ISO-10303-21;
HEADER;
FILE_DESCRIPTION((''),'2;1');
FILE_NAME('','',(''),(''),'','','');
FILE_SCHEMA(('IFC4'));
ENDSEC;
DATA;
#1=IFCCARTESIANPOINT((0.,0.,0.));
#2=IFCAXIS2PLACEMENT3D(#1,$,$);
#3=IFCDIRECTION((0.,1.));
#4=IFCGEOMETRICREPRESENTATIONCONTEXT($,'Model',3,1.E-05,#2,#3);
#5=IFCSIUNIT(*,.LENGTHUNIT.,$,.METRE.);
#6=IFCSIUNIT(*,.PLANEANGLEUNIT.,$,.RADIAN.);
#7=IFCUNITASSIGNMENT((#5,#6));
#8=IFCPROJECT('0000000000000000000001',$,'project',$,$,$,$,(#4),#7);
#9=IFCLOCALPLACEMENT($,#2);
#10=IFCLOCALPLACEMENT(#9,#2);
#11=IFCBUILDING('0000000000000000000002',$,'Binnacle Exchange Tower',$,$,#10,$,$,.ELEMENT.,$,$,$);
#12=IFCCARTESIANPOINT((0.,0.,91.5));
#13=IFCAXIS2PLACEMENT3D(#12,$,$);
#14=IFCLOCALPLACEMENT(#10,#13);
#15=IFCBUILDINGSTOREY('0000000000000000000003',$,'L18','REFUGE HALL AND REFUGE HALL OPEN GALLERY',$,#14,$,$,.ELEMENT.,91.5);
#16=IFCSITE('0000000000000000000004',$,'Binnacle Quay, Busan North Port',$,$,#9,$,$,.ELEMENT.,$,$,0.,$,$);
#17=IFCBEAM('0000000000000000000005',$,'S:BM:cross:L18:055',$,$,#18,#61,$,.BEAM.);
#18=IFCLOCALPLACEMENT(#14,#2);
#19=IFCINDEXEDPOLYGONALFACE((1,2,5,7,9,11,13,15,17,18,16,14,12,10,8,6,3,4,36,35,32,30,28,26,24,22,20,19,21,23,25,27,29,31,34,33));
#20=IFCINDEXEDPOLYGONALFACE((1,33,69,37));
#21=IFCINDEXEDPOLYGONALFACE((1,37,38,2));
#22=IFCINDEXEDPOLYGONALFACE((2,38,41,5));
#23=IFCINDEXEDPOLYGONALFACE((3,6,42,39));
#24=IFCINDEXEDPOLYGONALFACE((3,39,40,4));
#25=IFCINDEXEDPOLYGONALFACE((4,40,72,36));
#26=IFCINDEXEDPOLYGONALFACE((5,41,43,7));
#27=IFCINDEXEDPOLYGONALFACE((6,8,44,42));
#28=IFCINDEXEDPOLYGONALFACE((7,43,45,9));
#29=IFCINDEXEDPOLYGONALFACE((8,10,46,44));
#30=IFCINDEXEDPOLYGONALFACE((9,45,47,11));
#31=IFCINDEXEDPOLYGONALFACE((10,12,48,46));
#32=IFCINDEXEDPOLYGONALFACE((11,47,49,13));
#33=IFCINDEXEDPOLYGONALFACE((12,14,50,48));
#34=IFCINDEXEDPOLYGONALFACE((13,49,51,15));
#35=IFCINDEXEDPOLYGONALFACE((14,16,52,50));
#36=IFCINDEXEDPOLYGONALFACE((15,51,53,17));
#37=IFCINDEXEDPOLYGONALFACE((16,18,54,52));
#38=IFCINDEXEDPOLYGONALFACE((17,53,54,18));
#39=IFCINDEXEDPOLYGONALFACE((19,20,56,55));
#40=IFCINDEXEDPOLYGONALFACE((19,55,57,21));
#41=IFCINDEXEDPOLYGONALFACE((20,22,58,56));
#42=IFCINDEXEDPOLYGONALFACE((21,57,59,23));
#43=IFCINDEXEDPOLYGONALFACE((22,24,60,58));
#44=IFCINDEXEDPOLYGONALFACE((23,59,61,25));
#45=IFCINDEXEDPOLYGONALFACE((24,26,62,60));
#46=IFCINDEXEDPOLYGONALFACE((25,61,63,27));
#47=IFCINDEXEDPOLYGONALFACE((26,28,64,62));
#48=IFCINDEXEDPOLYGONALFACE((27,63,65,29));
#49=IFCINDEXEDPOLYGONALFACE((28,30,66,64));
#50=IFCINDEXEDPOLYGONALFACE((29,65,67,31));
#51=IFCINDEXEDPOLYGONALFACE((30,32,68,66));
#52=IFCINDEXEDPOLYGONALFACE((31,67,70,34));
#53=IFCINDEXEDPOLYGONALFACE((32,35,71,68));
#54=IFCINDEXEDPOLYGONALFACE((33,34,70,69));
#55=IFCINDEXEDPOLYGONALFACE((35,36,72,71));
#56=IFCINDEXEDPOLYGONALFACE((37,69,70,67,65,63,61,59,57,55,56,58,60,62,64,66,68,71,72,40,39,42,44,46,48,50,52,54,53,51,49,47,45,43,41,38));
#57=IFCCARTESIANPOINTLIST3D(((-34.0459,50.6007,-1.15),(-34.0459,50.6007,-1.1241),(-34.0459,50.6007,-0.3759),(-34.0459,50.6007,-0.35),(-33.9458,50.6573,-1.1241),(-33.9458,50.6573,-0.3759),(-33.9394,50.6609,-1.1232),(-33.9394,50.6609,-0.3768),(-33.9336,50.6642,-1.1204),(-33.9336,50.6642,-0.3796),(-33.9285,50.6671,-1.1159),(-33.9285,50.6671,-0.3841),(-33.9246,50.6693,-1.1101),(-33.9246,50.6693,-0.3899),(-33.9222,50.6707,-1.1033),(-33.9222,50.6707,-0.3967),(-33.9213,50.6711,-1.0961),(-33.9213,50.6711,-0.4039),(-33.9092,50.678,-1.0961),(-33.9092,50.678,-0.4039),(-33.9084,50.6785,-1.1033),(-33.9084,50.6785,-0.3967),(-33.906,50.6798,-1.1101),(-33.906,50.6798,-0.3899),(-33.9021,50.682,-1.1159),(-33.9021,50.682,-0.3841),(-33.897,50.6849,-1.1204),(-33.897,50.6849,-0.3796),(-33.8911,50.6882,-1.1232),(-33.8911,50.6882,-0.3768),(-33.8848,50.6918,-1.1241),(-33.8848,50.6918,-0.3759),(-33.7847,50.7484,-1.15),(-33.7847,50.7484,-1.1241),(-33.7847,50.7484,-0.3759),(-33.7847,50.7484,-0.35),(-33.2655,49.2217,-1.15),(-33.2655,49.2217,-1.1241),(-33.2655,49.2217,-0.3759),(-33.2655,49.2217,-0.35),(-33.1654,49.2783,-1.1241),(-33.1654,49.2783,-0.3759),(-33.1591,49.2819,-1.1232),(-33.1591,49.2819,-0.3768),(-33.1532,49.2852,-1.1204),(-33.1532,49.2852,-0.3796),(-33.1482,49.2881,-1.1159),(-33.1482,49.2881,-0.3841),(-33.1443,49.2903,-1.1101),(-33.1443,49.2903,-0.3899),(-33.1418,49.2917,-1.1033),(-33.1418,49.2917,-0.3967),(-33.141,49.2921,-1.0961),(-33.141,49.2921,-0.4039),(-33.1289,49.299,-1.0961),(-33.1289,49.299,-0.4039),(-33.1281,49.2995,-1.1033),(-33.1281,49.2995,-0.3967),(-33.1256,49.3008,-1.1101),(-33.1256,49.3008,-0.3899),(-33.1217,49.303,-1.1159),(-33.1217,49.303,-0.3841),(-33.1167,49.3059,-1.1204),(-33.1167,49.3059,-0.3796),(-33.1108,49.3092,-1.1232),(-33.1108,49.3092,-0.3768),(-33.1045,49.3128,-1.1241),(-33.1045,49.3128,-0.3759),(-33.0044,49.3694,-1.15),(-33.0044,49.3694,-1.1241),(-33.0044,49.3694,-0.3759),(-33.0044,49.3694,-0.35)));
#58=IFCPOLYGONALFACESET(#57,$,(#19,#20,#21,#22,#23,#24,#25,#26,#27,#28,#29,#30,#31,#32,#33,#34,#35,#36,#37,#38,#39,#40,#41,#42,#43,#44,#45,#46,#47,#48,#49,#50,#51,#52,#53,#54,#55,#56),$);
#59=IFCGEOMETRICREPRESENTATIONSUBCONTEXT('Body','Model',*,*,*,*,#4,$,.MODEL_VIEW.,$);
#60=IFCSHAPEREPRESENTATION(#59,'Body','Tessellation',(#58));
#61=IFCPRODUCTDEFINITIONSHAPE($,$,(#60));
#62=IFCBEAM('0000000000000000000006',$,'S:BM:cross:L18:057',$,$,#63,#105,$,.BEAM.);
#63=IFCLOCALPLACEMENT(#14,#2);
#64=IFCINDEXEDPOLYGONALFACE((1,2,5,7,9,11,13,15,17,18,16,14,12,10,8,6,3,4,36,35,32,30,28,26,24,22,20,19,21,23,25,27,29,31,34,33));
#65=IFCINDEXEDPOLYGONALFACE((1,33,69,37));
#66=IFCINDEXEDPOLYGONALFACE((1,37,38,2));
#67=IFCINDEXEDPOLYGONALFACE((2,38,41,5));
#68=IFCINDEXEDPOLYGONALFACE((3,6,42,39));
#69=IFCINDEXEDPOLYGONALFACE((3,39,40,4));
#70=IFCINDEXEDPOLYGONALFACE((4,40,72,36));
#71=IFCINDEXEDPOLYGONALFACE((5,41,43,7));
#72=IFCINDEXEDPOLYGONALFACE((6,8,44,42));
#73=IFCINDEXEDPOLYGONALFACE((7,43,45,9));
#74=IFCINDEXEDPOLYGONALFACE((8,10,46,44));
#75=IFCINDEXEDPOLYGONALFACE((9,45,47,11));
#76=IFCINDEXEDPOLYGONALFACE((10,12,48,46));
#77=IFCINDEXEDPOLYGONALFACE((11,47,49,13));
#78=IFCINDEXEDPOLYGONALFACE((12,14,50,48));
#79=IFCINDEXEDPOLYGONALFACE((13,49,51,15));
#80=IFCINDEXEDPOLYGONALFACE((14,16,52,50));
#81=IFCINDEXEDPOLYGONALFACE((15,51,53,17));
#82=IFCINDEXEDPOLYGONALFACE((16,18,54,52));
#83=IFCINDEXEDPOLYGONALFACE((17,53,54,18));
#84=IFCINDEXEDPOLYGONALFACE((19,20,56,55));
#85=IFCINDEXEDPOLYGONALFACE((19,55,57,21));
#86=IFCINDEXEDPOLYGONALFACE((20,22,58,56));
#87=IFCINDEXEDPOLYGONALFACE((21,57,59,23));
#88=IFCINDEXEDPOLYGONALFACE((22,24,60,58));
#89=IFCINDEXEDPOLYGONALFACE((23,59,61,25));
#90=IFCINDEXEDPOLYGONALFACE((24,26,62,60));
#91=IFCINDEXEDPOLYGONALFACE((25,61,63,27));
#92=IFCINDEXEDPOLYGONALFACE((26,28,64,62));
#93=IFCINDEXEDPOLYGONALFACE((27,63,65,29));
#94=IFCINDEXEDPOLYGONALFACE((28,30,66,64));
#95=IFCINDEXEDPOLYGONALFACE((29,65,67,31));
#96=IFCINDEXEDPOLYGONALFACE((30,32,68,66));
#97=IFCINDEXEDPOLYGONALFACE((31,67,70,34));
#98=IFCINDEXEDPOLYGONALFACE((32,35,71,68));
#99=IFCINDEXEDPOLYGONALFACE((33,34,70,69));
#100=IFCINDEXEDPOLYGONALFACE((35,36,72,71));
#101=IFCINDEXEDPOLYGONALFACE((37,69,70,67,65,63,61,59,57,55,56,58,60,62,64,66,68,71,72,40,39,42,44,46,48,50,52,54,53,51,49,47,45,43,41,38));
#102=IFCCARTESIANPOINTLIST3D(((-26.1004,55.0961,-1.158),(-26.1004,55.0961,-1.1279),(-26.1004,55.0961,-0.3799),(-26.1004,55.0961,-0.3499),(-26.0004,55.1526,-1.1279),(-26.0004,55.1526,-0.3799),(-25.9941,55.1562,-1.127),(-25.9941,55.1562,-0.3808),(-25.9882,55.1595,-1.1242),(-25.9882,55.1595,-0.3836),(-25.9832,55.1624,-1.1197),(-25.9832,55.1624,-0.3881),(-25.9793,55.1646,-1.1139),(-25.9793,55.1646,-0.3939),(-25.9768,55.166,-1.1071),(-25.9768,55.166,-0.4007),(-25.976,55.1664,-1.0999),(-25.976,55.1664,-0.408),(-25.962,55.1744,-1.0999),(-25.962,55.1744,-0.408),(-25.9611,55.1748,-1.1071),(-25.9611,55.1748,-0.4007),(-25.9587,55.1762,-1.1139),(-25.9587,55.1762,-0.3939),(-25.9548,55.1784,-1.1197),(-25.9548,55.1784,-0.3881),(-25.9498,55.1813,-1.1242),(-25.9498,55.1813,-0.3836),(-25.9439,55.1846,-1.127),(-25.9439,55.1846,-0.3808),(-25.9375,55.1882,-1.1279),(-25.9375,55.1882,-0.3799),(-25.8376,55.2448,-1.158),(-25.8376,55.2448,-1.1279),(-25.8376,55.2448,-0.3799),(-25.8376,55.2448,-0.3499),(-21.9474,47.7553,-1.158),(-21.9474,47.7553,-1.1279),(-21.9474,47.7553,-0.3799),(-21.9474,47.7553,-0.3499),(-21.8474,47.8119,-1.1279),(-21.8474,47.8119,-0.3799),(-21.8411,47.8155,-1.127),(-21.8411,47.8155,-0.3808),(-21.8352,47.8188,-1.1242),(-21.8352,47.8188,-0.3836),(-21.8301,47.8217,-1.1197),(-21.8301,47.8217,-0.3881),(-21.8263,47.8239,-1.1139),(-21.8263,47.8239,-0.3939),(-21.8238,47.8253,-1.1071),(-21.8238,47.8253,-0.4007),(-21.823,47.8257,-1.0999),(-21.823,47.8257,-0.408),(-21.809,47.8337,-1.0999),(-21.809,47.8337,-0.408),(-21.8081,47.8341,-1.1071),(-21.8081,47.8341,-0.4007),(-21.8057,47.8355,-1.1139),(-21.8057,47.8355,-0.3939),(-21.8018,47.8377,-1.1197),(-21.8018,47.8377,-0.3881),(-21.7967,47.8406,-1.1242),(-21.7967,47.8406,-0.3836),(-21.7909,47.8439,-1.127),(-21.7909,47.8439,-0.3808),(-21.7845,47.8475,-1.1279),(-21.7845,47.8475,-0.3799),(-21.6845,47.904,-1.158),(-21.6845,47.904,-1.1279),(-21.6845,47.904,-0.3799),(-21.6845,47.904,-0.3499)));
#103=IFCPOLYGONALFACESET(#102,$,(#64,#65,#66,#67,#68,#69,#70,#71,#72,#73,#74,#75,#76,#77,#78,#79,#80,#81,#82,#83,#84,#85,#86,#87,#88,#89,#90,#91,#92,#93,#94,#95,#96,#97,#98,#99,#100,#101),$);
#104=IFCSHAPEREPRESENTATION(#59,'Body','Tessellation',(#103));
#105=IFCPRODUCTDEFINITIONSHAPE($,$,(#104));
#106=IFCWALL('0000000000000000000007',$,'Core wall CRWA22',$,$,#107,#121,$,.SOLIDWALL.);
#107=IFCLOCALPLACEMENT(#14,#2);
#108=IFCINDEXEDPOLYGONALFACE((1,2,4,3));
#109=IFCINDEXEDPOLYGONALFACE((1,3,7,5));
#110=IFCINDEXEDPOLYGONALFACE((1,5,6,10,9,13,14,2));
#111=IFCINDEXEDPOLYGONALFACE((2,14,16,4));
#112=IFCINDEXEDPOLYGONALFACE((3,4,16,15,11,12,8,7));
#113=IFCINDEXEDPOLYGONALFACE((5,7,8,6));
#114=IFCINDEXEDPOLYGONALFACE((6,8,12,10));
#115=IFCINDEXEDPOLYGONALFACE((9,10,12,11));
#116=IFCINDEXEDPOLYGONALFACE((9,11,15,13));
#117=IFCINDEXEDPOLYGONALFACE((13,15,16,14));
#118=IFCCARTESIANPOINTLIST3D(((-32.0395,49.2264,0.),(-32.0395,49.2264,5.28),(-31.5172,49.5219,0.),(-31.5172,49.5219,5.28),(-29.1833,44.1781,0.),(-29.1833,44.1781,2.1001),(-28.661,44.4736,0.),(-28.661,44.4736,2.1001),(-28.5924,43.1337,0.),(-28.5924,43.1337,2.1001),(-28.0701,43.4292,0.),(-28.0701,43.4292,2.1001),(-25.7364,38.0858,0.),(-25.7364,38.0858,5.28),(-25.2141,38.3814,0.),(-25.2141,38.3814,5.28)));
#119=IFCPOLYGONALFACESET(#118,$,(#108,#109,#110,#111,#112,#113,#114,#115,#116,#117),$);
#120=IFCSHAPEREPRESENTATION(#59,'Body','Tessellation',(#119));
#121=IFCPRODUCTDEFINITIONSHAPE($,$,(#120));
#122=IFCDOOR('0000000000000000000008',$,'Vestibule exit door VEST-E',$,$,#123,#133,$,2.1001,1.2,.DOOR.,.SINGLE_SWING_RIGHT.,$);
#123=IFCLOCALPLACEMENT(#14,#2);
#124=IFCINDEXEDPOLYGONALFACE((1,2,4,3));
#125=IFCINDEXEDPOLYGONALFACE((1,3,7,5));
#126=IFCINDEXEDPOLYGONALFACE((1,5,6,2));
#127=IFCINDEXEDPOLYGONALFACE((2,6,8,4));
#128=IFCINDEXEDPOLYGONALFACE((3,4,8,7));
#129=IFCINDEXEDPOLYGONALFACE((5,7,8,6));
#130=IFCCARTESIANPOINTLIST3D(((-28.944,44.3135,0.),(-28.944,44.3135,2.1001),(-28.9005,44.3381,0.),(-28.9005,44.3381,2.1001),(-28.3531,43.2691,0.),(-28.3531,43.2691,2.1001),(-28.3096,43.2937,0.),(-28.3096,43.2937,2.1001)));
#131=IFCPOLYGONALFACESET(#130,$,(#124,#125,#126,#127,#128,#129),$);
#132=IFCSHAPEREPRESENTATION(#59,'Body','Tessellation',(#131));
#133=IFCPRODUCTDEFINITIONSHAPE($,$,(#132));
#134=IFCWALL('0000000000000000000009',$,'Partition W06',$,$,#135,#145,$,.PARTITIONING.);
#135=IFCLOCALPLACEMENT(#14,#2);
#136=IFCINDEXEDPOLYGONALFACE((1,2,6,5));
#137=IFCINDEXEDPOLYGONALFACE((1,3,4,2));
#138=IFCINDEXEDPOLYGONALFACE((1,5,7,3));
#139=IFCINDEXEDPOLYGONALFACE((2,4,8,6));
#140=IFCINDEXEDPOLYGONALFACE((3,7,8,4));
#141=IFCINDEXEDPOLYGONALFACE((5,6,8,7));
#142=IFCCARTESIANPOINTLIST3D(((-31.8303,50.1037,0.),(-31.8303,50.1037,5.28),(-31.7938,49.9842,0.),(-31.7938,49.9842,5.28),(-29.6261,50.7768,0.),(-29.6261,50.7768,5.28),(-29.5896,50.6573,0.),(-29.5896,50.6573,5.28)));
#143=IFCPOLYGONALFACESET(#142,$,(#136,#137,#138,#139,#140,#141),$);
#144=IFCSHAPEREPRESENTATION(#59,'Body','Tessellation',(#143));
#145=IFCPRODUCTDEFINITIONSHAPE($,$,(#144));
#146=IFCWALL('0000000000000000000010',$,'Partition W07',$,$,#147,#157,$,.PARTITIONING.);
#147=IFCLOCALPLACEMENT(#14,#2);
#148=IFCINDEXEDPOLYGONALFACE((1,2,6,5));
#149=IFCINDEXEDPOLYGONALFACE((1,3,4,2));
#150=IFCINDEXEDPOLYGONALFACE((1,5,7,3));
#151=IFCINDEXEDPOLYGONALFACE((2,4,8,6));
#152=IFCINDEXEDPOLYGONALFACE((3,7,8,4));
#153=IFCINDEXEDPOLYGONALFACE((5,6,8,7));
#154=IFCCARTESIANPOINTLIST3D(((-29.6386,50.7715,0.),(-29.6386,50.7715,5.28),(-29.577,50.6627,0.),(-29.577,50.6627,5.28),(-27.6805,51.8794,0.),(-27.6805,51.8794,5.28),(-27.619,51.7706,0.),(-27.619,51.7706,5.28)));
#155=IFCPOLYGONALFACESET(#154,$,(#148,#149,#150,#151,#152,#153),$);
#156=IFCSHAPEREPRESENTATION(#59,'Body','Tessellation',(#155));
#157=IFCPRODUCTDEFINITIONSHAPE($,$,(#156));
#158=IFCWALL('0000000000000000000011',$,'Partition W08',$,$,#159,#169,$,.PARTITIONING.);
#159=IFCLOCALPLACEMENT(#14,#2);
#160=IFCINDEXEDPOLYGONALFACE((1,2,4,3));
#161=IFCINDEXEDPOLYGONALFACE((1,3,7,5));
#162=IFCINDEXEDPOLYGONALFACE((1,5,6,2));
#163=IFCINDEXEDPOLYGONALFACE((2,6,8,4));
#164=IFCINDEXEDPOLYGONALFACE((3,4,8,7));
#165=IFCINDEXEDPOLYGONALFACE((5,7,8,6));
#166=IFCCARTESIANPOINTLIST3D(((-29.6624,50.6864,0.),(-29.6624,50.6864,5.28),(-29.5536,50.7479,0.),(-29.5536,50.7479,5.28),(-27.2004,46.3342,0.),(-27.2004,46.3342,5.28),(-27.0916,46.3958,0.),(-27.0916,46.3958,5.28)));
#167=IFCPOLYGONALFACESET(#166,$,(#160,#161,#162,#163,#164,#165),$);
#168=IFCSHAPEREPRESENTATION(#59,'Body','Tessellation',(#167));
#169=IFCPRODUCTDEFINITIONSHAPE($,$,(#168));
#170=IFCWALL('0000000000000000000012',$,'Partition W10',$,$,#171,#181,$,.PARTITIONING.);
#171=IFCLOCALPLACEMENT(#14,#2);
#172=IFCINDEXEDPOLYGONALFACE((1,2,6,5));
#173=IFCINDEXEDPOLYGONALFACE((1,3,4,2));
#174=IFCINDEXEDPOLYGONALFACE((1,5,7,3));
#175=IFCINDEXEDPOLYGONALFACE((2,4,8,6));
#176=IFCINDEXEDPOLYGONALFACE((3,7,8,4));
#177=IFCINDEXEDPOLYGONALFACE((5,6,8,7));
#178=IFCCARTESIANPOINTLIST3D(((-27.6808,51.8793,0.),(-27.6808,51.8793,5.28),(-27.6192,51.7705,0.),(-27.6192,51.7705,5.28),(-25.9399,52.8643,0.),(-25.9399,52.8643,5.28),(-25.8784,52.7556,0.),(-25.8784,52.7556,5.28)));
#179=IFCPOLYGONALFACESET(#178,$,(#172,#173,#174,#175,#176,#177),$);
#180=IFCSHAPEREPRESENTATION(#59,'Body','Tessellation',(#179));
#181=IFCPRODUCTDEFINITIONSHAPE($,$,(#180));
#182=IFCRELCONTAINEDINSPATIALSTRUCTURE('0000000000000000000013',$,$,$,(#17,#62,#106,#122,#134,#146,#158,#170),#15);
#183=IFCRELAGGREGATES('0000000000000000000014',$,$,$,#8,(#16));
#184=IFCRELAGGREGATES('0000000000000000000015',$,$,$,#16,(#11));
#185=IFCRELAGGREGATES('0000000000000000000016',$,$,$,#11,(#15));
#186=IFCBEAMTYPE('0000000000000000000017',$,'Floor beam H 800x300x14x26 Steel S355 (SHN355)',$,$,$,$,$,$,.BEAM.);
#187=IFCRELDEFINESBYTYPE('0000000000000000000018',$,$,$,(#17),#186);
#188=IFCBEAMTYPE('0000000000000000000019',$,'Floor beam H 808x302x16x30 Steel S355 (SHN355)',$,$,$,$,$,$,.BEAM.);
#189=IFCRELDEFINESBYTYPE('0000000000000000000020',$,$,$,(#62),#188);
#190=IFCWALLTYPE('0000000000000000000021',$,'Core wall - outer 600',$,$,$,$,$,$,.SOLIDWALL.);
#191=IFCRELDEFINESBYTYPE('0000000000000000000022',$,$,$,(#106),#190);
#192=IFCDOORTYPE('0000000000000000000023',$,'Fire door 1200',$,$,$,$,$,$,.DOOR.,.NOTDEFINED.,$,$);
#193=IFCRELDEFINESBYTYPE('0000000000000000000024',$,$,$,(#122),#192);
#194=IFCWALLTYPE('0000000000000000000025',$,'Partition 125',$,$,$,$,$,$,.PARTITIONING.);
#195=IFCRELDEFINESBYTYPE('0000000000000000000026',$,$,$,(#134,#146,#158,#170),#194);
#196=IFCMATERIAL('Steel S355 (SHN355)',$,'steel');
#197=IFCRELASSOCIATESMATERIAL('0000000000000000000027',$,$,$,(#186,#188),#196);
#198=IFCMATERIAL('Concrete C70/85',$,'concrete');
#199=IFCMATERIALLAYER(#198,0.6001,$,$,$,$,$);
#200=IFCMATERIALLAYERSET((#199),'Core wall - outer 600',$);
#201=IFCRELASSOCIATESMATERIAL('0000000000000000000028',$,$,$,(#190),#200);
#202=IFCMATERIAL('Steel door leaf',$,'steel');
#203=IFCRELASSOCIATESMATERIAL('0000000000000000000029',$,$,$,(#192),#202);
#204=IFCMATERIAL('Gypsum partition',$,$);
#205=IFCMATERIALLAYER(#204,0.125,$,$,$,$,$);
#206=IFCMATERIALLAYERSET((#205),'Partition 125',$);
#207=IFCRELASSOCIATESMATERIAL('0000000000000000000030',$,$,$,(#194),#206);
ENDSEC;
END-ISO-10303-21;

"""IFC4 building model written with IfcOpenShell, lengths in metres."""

from ifc_helpers import new_model, si_unit, direction, frame, frame_2d, origin, origin_2d, place, context, subcontext, project, spatial, rectangle, i_section, extrude, material, layer, layer_set, material_profile, profile_set, type_object, element, fill, save


model = new_model("IFC4")

# Units and contexts
model_context = context("Model", 3, precision=1e-05, world=origin(), true_north=direction((0.0, 1.0)))
body_context = subcontext(model_context, "Body", "Model", "MODEL_VIEW")
ifc_project = project(units=[si_unit("LENGTHUNIT", "METRE"), si_unit("PLANEANGLEUNIT", "RADIAN")], contexts=[model_context])

# Site, building, storey
site_placement = place(None, origin())
site = spatial("IfcSite", under=ifc_project, at=site_placement, Name="Binnacle Quay, Busan North Port", CompositionType="ELEMENT", RefElevation=0.0)
building_placement = place(site_placement, origin())
building = spatial("IfcBuilding", under=site, at=building_placement, Name="Binnacle Exchange Tower", CompositionType="ELEMENT")
storey_placement = place(building_placement, frame((0.0, 0.0, 91.5)))
storey = spatial("IfcBuildingStorey", under=building, at=storey_placement, Name="L18", Description="REFUGE HALL AND REFUGE HALL OPEN GALLERY", CompositionType="ELEMENT", Elevation=91.5)

# Shared definitions
ifc_material_1 = material(Name="Concrete C70/85", Category="concrete")

# Beams
ifc_material_2 = material(Name="Steel S355 (SHN355)", Category="steel")
ifc_material_profile_1 = material_profile(ifc_material_2, i_section(OverallWidth=0.3, OverallDepth=0.8, WebThickness=0.0139, FlangeThickness=0.0259, FilletRadius=0.0281, at=origin_2d()), Name="H 800x300x14x26")
ifc_profile_set_1 = profile_set([ifc_material_profile_1], Name="Steel S355 (SHN355)")
beam_type_1 = type_object("IfcBeamType", Name="Floor beam H 800x300x14x26 Steel S355 (SHN355)", PredefinedType="BEAM", material=ifc_profile_set_1)
beam_1_placement = place(storey_placement, frame((-33.9153, 50.6746, -0.75), z_axis=(0.492484, -0.870322, 0.0), x_axis=(0.870322, 0.492484, 0.0)))
element("IfcBeam", 1, at=beam_1_placement, inside=storey, type_object=beam_type_1, Name="S:BM:cross:L18:055", PredefinedType="BEAM", context=body_context, shape_type="SweptSolid", body=[
    extrude(i_section(OverallWidth=0.3, OverallDepth=0.8, WebThickness=0.0139, FlangeThickness=0.0259, FilletRadius=0.0281, at=origin_2d()), origin(), (0.0, 0.0, 1.0), 1.5845),
])
ifc_material_profile_2 = material_profile(ifc_material_2, i_section(OverallWidth=0.302, OverallDepth=0.8081, WebThickness=0.0161, FlangeThickness=0.03, FilletRadius=0.0281, at=origin_2d()), Name="H 808x302x16x30")
ifc_profile_set_2 = profile_set([ifc_material_profile_2], Name="Steel S355 (SHN355)")
beam_type_2 = type_object("IfcBeamType", Name="Floor beam H 808x302x16x30 Steel S355 (SHN355)", PredefinedType="BEAM", material=ifc_profile_set_2)
beam_2_placement = place(storey_placement, frame((-25.969, 55.1704, -0.7539), z_axis=(0.492409, -0.870364, 0.0), x_axis=(0.870364, 0.492409, 0.0)))
element("IfcBeam", 2, at=beam_2_placement, inside=storey, type_object=beam_type_2, Name="S:BM:cross:L18:057", PredefinedType="BEAM", context=body_context, shape_type="SweptSolid", body=[
    extrude(i_section(OverallWidth=0.302, OverallDepth=0.8081, WebThickness=0.0161, FlangeThickness=0.03, FilletRadius=0.0281, at=origin_2d()), origin(), (0.0, 0.0, 1.0), 8.4341),
])

# Wall, opening, door
ifc_layer_1 = layer(ifc_material_1, 0.6001)
ifc_layer_set_1 = layer_set([ifc_layer_1], Name="Core wall - outer 600")
wall_type_1 = type_object("IfcWallType", Name="Core wall - outer 600", PredefinedType="SOLIDWALL", material=ifc_layer_set_1)
wall_1_placement = place(storey_placement, frame((-31.7783, 49.374, 0.0), z_axis=(0.0, 0.0, 1.0), x_axis=(0.492433, -0.87035, 0.0)))
wall_1 = element("IfcWall", 3, at=wall_1_placement, inside=storey, type_object=wall_type_1, Name="Core wall CRWA22", PredefinedType="SOLIDWALL", context=body_context, shape_type="SweptSolid", body=[
    extrude(rectangle(XDim=12.8, YDim=0.6001, at=frame_2d((6.3999, 0.0))), origin(), (0.0, 0.0, 1.0), 5.28),
])
opening_1_placement = place(wall_1_placement, frame((5.8, 0.0, 0.0)))
opening_1 = element("IfcOpeningElement", 4, at=opening_1_placement, cuts=wall_1, PredefinedType="OPENING", context=body_context, shape_type="SweptSolid", body=[
    extrude(rectangle(XDim=1.2, YDim=2.1001, at=frame_2d((0.6001, 1.05))), frame((0.0, 0.3101, 0.0), z_axis=(0.0, -1.0, 0.0), x_axis=(1.0, 0.0, 0.0)), (0.0, 0.0, 1.0), 0.6201),
])
ifc_material_3 = material(Name="Steel door leaf", Category="steel")
door_type_1 = type_object("IfcDoorType", Name="Fire door 1200", OperationType="NOTDEFINED", PredefinedType="DOOR", material=ifc_material_3)
door_1_placement = place(opening_1_placement, origin())
door_1 = element("IfcDoor", 5, at=door_1_placement, inside=storey, type_object=door_type_1, Name="Vestibule exit door VEST-E", OperationType="SINGLE_SWING_RIGHT", OverallHeight=2.1001, OverallWidth=1.2, PredefinedType="DOOR", context=body_context, shape_type="SweptSolid", body=[
    extrude(rectangle(XDim=1.2, YDim=2.1001, at=frame_2d((0.6001, 1.05))), frame((0.0, 0.0249, 0.0), z_axis=(0.0, -1.0, 0.0), x_axis=(1.0, 0.0, 0.0)), (0.0, 0.0, 1.0), 0.05),
])
fill(opening_1, door_1)

# Walls
ifc_material_4 = material(Name="Gypsum partition")
ifc_layer_2 = layer(ifc_material_4, 0.125)
ifc_layer_set_2 = layer_set([ifc_layer_2], Name="Partition 125")
wall_type_2 = type_object("IfcWallType", Name="Partition 125", PredefinedType="PARTITIONING", material=ifc_layer_set_2)
wall_2_placement = place(storey_placement, frame((-31.812, 50.0439, 0.0), z_axis=(0.0, 0.0, 1.0), x_axis=(0.956398, 0.292068, 0.0)))
element("IfcWall", 6, at=wall_2_placement, inside=storey, type_object=wall_type_2, Name="Partition W06", PredefinedType="PARTITIONING", context=body_context, shape_type="SweptSolid", body=[
    extrude(rectangle(XDim=2.3047, YDim=0.125, at=frame_2d((1.1523, 0.0))), origin(), (0.0, 0.0, 1.0), 5.28),
])
wall_3_placement = place(storey_placement, frame((-29.6079, 50.717, 0.0), z_axis=(0.0, 0.0, 1.0), x_axis=(0.870332, 0.492465, 0.0)))
element("IfcWall", 7, at=wall_3_placement, inside=storey, type_object=wall_type_2, Name="Partition W07", PredefinedType="PARTITIONING", context=body_context, shape_type="SweptSolid", body=[
    extrude(rectangle(XDim=2.2498, YDim=0.125, at=frame_2d((1.125, 0.0))), origin(), (0.0, 0.0, 1.0), 5.28),
])
wall_4_placement = place(storey_placement, frame((-29.6079, 50.717, 0.0), z_axis=(0.0, 0.0, 1.0), x_axis=(0.492369, -0.870386, 0.0)))
element("IfcWall", 8, at=wall_4_placement, inside=storey, type_object=wall_type_2, Name="Partition W08", PredefinedType="PARTITIONING", context=body_context, shape_type="SweptSolid", body=[
    extrude(rectangle(XDim=5.0002, YDim=0.125, at=frame_2d((2.5, 0.0))), origin(), (0.0, 0.0, 1.0), 5.28),
])
wall_5_placement = place(storey_placement, frame((-27.6499, 51.825, 0.0), z_axis=(0.0, 0.0, 1.0), x_axis=(0.870331, 0.492467, 0.0)))
element("IfcWall", 9, at=wall_5_placement, inside=storey, type_object=wall_type_2, Name="Partition W10", PredefinedType="PARTITIONING", context=body_context, shape_type="SweptSolid", body=[
    extrude(rectangle(XDim=2.0002, YDim=0.125, at=frame_2d((1.0, 0.0))), origin(), (0.0, 0.0, 1.0), 5.28),
])

save(model, "model.ifc")
